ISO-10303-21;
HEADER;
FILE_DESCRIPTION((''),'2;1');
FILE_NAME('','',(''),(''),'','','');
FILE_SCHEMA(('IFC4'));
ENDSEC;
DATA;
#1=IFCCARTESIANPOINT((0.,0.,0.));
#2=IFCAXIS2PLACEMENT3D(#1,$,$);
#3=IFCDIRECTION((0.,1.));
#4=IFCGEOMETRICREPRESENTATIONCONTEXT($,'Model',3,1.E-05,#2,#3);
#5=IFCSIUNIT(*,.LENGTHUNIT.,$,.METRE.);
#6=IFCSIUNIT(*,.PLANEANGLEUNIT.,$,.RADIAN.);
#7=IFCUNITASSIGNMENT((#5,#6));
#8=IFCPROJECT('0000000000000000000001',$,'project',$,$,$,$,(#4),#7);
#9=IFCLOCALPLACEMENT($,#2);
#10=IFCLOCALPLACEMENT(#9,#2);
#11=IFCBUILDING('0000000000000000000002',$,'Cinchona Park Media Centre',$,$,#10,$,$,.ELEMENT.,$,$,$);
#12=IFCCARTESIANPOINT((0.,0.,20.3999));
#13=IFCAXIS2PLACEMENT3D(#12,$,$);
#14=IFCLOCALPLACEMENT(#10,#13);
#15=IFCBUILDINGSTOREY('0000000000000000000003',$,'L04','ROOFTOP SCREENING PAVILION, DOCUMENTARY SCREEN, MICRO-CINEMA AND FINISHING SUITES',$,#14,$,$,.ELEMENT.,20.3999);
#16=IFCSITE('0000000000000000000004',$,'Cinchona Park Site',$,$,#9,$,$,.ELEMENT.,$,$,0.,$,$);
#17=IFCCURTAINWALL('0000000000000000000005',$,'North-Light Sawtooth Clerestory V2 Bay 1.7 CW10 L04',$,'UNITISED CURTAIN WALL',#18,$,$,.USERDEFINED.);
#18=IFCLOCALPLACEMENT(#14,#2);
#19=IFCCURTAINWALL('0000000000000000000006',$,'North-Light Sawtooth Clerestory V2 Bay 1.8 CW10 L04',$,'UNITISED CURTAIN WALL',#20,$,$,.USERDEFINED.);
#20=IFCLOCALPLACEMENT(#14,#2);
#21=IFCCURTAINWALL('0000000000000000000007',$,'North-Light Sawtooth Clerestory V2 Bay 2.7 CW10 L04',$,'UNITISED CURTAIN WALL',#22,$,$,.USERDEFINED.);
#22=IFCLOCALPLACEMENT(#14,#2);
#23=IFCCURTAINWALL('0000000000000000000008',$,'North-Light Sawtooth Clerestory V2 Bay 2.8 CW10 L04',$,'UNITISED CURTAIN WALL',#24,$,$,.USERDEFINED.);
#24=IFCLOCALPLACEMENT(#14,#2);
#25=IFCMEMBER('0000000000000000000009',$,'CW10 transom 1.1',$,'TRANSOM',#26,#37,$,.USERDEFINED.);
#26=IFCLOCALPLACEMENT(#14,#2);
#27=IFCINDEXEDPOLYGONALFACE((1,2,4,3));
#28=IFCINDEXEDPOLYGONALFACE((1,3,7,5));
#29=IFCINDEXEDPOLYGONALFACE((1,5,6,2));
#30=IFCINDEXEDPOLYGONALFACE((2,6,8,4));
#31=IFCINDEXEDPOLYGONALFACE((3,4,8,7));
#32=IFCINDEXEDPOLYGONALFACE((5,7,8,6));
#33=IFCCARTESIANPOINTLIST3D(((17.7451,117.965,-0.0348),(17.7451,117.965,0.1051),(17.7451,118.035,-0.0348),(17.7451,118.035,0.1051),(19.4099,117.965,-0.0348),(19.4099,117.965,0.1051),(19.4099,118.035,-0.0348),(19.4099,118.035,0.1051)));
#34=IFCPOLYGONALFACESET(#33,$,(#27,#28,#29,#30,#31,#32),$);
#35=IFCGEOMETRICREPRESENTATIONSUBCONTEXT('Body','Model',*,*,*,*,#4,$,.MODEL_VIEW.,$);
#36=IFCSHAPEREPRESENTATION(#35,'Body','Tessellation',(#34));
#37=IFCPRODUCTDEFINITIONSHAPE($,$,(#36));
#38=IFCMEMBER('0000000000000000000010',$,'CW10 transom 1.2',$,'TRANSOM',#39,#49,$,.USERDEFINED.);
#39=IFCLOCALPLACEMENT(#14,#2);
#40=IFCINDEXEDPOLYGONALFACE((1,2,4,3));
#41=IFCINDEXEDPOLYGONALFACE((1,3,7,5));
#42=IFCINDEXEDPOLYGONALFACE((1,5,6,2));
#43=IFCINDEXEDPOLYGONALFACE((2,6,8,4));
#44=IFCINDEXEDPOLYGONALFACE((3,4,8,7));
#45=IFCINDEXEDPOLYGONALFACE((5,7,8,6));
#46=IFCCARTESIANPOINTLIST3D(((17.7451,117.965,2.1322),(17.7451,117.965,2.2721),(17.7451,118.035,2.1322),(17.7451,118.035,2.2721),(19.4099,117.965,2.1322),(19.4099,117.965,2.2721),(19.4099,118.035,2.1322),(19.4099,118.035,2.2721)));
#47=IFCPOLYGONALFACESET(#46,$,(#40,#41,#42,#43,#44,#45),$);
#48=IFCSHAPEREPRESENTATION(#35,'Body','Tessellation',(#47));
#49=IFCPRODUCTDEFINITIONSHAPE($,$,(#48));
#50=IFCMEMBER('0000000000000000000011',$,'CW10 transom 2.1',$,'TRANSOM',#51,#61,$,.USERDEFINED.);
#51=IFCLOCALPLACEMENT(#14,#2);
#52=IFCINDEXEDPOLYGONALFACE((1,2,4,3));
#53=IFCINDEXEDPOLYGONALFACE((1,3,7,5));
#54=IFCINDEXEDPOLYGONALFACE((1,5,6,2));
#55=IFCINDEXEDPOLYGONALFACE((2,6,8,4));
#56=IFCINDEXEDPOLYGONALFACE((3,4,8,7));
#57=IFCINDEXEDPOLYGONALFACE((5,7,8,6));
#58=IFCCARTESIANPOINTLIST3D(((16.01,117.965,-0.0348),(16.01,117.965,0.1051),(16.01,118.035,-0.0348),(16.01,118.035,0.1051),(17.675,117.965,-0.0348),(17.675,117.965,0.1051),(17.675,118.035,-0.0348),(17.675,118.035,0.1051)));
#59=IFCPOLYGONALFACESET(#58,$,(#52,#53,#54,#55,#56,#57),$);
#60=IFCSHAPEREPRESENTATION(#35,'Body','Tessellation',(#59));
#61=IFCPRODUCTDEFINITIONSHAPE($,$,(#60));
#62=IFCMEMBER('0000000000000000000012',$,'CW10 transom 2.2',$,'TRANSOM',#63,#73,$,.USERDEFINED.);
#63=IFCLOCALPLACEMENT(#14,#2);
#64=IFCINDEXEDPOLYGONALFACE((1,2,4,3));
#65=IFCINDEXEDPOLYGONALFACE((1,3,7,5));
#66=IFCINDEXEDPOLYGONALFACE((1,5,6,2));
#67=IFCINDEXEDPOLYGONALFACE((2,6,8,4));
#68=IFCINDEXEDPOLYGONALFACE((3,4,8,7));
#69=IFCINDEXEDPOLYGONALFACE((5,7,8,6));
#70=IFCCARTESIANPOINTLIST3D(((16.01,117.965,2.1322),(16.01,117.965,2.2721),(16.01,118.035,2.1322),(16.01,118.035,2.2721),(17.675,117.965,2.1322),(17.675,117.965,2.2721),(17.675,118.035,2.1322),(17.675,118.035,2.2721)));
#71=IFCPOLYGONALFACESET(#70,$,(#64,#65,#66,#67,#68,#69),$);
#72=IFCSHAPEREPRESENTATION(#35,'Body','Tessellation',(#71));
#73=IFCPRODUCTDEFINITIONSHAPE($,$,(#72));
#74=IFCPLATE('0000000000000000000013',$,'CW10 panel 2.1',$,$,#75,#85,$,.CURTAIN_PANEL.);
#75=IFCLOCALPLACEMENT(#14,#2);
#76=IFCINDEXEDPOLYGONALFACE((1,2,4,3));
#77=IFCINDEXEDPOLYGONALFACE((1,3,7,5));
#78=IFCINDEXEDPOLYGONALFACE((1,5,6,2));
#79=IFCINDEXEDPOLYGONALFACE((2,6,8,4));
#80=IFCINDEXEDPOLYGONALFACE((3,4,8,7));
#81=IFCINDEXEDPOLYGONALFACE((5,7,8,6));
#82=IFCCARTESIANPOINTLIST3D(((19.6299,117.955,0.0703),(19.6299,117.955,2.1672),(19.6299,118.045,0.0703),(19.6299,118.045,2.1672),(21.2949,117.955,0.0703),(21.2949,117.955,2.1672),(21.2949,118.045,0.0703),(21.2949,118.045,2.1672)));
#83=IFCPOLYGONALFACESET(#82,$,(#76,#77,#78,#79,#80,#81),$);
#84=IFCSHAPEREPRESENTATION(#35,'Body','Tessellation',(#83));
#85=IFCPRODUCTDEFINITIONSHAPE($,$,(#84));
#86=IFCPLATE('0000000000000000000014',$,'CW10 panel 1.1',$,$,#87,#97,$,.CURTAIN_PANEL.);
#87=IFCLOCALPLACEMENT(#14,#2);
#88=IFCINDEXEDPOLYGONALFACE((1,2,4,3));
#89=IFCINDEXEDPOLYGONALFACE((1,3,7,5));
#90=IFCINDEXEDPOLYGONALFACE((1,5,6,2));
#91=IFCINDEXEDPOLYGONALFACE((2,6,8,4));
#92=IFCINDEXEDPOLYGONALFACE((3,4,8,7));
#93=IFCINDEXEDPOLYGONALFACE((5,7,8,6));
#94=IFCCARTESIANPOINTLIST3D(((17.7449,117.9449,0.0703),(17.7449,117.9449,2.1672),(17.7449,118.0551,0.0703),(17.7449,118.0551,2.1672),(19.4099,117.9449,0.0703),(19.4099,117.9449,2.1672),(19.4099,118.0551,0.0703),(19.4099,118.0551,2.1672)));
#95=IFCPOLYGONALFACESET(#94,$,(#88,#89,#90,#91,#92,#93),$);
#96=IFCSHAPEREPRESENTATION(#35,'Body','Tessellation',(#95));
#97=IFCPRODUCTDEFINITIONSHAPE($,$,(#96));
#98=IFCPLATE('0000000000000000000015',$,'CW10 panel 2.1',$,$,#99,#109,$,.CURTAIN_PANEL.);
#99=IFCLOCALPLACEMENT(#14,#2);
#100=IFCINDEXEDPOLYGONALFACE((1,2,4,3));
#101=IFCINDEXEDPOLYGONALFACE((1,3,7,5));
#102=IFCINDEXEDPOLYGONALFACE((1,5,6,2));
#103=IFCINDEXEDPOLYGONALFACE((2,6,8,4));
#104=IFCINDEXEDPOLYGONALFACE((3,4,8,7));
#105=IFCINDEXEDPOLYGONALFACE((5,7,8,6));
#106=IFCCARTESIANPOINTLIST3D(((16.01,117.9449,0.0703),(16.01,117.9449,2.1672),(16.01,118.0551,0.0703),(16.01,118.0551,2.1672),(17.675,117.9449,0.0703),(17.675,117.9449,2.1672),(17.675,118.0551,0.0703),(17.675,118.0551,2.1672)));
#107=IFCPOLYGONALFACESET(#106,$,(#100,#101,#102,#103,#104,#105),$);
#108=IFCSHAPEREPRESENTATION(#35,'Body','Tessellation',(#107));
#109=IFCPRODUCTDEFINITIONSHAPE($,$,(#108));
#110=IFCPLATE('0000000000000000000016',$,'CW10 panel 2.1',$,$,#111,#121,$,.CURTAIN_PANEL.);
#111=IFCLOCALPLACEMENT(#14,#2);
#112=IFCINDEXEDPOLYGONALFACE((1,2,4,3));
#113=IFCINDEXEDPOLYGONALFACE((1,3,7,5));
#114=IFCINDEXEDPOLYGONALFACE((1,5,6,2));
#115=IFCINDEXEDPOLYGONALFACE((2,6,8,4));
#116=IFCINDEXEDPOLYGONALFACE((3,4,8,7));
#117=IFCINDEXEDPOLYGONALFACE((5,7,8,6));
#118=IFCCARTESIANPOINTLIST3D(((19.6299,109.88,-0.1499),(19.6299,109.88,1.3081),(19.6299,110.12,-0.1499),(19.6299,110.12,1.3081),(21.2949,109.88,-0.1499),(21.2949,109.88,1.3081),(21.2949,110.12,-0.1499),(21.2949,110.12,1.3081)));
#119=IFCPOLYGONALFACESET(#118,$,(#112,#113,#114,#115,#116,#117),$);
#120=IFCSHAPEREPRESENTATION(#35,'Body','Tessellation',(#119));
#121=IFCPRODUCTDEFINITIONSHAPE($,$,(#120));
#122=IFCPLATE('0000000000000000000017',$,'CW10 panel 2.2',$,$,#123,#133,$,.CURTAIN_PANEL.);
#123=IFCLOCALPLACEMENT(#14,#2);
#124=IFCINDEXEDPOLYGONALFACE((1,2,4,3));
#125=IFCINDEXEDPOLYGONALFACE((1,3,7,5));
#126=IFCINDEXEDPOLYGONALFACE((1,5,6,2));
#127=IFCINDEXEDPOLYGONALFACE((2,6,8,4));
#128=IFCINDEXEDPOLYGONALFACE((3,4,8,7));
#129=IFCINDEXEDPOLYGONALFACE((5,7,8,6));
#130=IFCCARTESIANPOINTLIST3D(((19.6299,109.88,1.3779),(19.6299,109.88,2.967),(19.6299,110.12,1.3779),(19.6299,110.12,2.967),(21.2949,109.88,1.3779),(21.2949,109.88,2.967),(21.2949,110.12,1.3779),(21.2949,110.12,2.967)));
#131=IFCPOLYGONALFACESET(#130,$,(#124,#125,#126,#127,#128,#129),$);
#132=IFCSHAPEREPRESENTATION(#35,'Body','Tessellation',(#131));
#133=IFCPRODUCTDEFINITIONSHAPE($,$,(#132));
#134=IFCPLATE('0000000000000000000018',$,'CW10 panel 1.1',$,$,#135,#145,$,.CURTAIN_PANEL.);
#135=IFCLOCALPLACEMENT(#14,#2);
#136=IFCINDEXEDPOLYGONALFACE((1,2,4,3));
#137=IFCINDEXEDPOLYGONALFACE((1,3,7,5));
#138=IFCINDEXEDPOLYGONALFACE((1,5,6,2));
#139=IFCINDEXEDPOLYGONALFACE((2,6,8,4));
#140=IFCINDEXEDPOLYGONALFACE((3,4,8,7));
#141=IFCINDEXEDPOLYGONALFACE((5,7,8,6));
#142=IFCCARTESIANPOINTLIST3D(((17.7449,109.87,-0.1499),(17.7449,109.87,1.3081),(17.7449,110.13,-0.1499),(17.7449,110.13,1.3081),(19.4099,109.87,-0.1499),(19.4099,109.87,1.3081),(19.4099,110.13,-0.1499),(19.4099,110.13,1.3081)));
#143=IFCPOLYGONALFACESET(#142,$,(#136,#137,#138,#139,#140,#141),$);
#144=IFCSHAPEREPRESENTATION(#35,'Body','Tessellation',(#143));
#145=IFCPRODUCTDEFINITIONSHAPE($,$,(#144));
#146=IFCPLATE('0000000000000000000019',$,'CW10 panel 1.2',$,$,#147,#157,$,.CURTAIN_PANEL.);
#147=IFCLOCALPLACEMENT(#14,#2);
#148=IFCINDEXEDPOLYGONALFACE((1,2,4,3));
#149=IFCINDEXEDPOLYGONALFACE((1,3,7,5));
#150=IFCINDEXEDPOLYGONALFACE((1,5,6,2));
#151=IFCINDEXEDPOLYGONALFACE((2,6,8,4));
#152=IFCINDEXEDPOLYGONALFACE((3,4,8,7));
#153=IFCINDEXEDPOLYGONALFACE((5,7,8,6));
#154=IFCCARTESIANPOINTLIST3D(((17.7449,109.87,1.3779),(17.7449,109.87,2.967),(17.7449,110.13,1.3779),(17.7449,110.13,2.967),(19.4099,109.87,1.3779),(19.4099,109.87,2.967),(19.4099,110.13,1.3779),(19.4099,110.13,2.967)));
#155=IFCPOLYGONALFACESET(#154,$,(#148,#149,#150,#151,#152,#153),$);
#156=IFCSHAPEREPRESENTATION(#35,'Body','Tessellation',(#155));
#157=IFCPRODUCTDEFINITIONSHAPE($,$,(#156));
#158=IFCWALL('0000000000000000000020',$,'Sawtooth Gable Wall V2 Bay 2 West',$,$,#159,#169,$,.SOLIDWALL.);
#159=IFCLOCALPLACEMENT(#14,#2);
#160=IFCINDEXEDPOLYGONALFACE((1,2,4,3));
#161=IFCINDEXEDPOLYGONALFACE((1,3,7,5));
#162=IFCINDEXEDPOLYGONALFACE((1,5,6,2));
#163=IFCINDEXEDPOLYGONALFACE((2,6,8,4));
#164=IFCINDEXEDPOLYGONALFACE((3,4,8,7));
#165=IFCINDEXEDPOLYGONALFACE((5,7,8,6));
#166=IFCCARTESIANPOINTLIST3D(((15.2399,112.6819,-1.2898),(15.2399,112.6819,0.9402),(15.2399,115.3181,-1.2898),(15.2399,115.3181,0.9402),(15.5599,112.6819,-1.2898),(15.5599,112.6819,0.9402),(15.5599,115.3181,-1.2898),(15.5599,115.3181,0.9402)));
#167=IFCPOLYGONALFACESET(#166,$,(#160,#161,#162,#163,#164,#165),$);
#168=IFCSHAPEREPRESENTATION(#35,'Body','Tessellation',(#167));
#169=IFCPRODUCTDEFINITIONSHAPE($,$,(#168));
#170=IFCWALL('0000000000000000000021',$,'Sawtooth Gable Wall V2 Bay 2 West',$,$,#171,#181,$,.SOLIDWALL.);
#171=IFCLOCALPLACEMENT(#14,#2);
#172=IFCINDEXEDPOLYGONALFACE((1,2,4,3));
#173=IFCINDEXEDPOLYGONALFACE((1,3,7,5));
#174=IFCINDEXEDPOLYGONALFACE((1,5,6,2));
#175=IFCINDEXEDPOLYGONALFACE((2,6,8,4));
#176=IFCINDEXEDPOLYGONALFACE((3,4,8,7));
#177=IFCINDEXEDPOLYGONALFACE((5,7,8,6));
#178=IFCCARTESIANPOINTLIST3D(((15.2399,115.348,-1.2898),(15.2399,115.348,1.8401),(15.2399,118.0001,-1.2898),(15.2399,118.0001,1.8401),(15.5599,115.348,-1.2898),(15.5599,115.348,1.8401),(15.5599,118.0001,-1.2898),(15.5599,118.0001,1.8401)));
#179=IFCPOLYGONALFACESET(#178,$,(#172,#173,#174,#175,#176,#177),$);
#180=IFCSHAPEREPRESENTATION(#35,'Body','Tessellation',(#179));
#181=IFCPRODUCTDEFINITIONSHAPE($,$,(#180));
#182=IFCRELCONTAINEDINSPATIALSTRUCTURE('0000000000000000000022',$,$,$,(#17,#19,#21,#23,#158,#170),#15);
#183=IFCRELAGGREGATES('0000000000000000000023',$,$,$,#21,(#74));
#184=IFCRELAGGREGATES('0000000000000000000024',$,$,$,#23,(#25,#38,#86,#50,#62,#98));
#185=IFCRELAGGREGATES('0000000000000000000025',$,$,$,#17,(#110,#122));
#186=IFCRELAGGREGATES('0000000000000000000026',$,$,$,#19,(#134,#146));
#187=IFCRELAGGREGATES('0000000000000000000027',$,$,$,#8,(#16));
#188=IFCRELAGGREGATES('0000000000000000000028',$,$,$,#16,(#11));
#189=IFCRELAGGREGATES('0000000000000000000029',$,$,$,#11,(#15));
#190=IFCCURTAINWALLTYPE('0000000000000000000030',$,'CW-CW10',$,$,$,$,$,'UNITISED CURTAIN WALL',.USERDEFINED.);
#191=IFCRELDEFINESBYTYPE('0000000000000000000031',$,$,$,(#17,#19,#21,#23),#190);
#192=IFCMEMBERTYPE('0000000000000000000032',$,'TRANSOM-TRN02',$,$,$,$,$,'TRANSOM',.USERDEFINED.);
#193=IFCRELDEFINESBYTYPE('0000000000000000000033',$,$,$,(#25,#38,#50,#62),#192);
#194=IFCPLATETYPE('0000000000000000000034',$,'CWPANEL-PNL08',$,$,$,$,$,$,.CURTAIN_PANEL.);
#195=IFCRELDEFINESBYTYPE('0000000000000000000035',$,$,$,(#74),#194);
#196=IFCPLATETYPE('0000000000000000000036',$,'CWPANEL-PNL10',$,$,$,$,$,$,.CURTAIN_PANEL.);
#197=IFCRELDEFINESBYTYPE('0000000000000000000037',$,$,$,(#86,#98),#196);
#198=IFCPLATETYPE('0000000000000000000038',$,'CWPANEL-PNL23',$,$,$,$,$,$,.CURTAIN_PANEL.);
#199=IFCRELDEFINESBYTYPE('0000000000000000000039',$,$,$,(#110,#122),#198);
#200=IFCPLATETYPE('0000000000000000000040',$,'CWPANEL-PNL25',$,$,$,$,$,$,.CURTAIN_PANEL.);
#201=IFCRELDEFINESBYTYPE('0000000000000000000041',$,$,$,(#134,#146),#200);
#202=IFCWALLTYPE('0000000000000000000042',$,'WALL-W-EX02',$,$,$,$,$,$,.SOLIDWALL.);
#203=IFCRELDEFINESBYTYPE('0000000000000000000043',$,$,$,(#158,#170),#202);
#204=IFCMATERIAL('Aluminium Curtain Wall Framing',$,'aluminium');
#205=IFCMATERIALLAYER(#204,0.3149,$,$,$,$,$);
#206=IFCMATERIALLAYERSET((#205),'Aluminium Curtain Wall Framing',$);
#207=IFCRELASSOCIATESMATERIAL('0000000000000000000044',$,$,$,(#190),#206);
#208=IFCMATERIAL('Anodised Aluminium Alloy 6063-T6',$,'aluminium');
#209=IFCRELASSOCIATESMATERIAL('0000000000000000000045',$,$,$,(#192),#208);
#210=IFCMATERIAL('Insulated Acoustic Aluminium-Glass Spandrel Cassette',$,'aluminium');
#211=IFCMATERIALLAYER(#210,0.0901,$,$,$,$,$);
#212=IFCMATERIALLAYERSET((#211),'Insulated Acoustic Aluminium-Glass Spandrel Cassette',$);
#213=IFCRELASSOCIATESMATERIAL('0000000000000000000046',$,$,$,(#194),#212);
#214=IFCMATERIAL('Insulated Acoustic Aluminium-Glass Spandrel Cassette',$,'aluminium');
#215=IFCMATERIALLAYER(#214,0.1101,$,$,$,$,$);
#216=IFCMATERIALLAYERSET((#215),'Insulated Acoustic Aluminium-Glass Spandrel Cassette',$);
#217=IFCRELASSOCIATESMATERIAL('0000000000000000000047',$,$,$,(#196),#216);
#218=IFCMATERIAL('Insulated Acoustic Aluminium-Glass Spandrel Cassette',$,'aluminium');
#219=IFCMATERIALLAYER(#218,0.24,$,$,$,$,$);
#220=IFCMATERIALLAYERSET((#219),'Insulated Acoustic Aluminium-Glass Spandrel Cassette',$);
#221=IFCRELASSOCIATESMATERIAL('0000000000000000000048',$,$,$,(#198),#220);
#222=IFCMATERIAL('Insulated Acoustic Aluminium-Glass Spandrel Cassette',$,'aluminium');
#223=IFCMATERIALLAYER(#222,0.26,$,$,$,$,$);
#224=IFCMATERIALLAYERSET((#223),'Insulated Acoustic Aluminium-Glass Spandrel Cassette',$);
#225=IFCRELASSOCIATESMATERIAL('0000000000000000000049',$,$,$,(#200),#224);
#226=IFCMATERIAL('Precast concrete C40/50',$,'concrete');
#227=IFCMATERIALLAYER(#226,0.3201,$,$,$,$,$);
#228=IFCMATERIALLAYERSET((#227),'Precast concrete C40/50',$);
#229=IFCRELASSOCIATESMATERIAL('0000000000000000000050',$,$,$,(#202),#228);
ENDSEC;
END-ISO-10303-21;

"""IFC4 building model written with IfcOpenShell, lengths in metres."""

from ifc_helpers import new_model, si_unit, direction, frame, frame_2d, origin, origin_2d, place, context, subcontext, project, spatial, rectangle, extrude, material, layer, layer_set, material_profile, profile_set, type_object, element, aggregate, save


model = new_model("IFC4")

# Units and contexts
model_context = context("Model", 3, precision=1e-05, world=origin(), true_north=direction((0.0, 1.0)))
body_context = subcontext(model_context, "Body", "Model", "MODEL_VIEW")
ifc_project = project(units=[si_unit("LENGTHUNIT", "METRE"), si_unit("PLANEANGLEUNIT", "RADIAN")], contexts=[model_context])

# Site, building, storey
site_placement = place(None, origin())
site = spatial("IfcSite", under=ifc_project, at=site_placement, Name="Cinchona Park Site", CompositionType="ELEMENT", RefElevation=0.0)
building_placement = place(site_placement, origin())
building = spatial("IfcBuilding", under=site, at=building_placement, Name="Cinchona Park Media Centre", CompositionType="ELEMENT")
storey_placement = place(building_placement, frame((0.0, 0.0, 20.3999)))
storey = spatial("IfcBuildingStorey", under=building, at=storey_placement, Name="L04", Description="ROOFTOP SCREENING PAVILION, DOCUMENTARY SCREEN, MICRO-CINEMA AND FINISHING SUITES", CompositionType="ELEMENT", Elevation=20.3999)

# Curtain wall
ifc_material_1 = material(Name="Aluminium Curtain Wall Framing", Category="aluminium")
ifc_layer_1 = layer(ifc_material_1, 0.3149)
ifc_layer_set_1 = layer_set([ifc_layer_1], Name="Aluminium Curtain Wall Framing")
curtain_wall_type = type_object("IfcCurtainWallType", Name="CW-CW10", ElementType="UNITISED CURTAIN WALL", PredefinedType="USERDEFINED", material=ifc_layer_set_1)
curtain_wall_1_placement = place(storey_placement, origin())
curtain_wall_1 = element("IfcCurtainWall", 1, at=curtain_wall_1_placement, inside=storey, type_object=curtain_wall_type, Name="North-Light Sawtooth Clerestory V2 Bay 1.7 CW10 L04", ObjectType="UNITISED CURTAIN WALL", PredefinedType="USERDEFINED")

# Curtain wall
curtain_wall_2_placement = place(storey_placement, origin())
curtain_wall_2 = element("IfcCurtainWall", 2, at=curtain_wall_2_placement, inside=storey, type_object=curtain_wall_type, Name="North-Light Sawtooth Clerestory V2 Bay 1.8 CW10 L04", ObjectType="UNITISED CURTAIN WALL", PredefinedType="USERDEFINED")

# Curtain wall
curtain_wall_3_placement = place(storey_placement, origin())
curtain_wall_3 = element("IfcCurtainWall", 3, at=curtain_wall_3_placement, inside=storey, type_object=curtain_wall_type, Name="North-Light Sawtooth Clerestory V2 Bay 2.7 CW10 L04", ObjectType="UNITISED CURTAIN WALL", PredefinedType="USERDEFINED")

# Curtain wall
curtain_wall_4_placement = place(storey_placement, origin())
curtain_wall_4 = element("IfcCurtainWall", 4, at=curtain_wall_4_placement, inside=storey, type_object=curtain_wall_type, Name="North-Light Sawtooth Clerestory V2 Bay 2.8 CW10 L04", ObjectType="UNITISED CURTAIN WALL", PredefinedType="USERDEFINED")

# Members
ifc_material_2 = material(Name="Anodised Aluminium Alloy 6063-T6", Category="aluminium")
ifc_material_profile_1 = material_profile(ifc_material_2, rectangle(XDim=0.0701, YDim=0.1399, at=origin_2d()), Name="TRN-70X140")
ifc_profile_set_1 = profile_set([ifc_material_profile_1], Name="Anodised Aluminium Alloy 6063-T6")
member_type_1 = type_object("IfcMemberType", Name="TRANSOM-TRN02", ElementType="TRANSOM", PredefinedType="USERDEFINED", material=ifc_profile_set_1)
member_1_placement = place(storey_placement, frame((19.4099, 118.0, 0.0352), z_axis=(-1.0, 0.0, 0.0), x_axis=(0.0, -1.0, 0.0)))
member_1 = element("IfcMember", 5, at=member_1_placement, type_object=member_type_1, Name="CW10 transom 1.1", ObjectType="TRANSOM", PredefinedType="USERDEFINED", context=body_context, shape_type="SweptSolid", body=[
    extrude(rectangle(XDim=0.0701, YDim=0.1399, at=origin_2d()), origin(), (0.0, 0.0, 1.0), 1.6648),
])
member_2_placement = place(storey_placement, frame((19.4099, 118.0, 2.2021), z_axis=(-1.0, 0.0, 0.0), x_axis=(0.0, -1.0, 0.0)))
member_2 = element("IfcMember", 6, at=member_2_placement, type_object=member_type_1, Name="CW10 transom 1.2", ObjectType="TRANSOM", PredefinedType="USERDEFINED", context=body_context, shape_type="SweptSolid", body=[
    extrude(rectangle(XDim=0.0701, YDim=0.1399, at=origin_2d()), origin(), (0.0, 0.0, 1.0), 1.6648),
])
member_3_placement = place(storey_placement, frame((17.675, 118.0, 0.0352), z_axis=(-1.0, 0.0, 0.0), x_axis=(0.0, -1.0, 0.0)))
member_3 = element("IfcMember", 7, at=member_3_placement, type_object=member_type_1, Name="CW10 transom 2.1", ObjectType="TRANSOM", PredefinedType="USERDEFINED", context=body_context, shape_type="SweptSolid", body=[
    extrude(rectangle(XDim=0.0701, YDim=0.1399, at=origin_2d()), origin(), (0.0, 0.0, 1.0), 1.665),
])
member_4_placement = place(storey_placement, frame((17.675, 118.0, 2.2021), z_axis=(-1.0, 0.0, 0.0), x_axis=(0.0, -1.0, 0.0)))
member_4 = element("IfcMember", 8, at=member_4_placement, type_object=member_type_1, Name="CW10 transom 2.2", ObjectType="TRANSOM", PredefinedType="USERDEFINED", context=body_context, shape_type="SweptSolid", body=[
    extrude(rectangle(XDim=0.0701, YDim=0.1399, at=origin_2d()), origin(), (0.0, 0.0, 1.0), 1.665),
])

# Plates
ifc_material_3 = material(Name="Insulated Acoustic Aluminium-Glass Spandrel Cassette", Category="aluminium")
ifc_layer_2 = layer(ifc_material_3, 0.0901)
ifc_layer_set_2 = layer_set([ifc_layer_2], Name="Insulated Acoustic Aluminium-Glass Spandrel Cassette")
plate_type_1 = type_object("IfcPlateType", Name="CWPANEL-PNL08", PredefinedType="CURTAIN_PANEL", material=ifc_layer_set_2)
plate_1_placement = place(storey_placement, frame((20.4624, 118.0, 0.0703), z_axis=(0.0, 0.0, 1.0), x_axis=(-1.0, 0.0, 0.0)))
plate_1 = element("IfcPlate", 9, at=plate_1_placement, type_object=plate_type_1, Name="CW10 panel 2.1", PredefinedType="CURTAIN_PANEL", context=body_context, shape_type="SweptSolid", body=[
    extrude(rectangle(XDim=1.665, YDim=0.0901, at=origin_2d()), origin(), (0.0, 0.0, 1.0), 2.0969),
])
aggregate(curtain_wall_3, [plate_1])
ifc_material_4 = material(Name="Insulated Acoustic Aluminium-Glass Spandrel Cassette", Category="aluminium")
ifc_layer_3 = layer(ifc_material_4, 0.1101)
ifc_layer_set_3 = layer_set([ifc_layer_3], Name="Insulated Acoustic Aluminium-Glass Spandrel Cassette")
plate_type_2 = type_object("IfcPlateType", Name="CWPANEL-PNL10", PredefinedType="CURTAIN_PANEL", material=ifc_layer_set_3)
plate_2_placement = place(storey_placement, frame((18.5774, 118.0, 0.0703), z_axis=(0.0, 0.0, 1.0), x_axis=(-1.0, 0.0, 0.0)))
plate_2 = element("IfcPlate", 10, at=plate_2_placement, type_object=plate_type_2, Name="CW10 panel 1.1", PredefinedType="CURTAIN_PANEL", context=body_context, shape_type="SweptSolid", body=[
    extrude(rectangle(XDim=1.665, YDim=0.1101, at=origin_2d()), origin(), (0.0, 0.0, 1.0), 2.0969),
])
plate_3_placement = place(storey_placement, frame((16.8425, 118.0, 0.0703), z_axis=(0.0, 0.0, 1.0), x_axis=(-1.0, 0.0, 0.0)))
plate_3 = element("IfcPlate", 11, at=plate_3_placement, type_object=plate_type_2, Name="CW10 panel 2.1", PredefinedType="CURTAIN_PANEL", context=body_context, shape_type="SweptSolid", body=[
    extrude(rectangle(XDim=1.665, YDim=0.1101, at=origin_2d()), origin(), (0.0, 0.0, 1.0), 2.0969),
])
aggregate(curtain_wall_4, [member_1, member_2, plate_2, member_3, member_4, plate_3])
ifc_material_5 = material(Name="Insulated Acoustic Aluminium-Glass Spandrel Cassette", Category="aluminium")
ifc_layer_4 = layer(ifc_material_5, 0.24)
ifc_layer_set_4 = layer_set([ifc_layer_4], Name="Insulated Acoustic Aluminium-Glass Spandrel Cassette")
plate_type_3 = type_object("IfcPlateType", Name="CWPANEL-PNL23", PredefinedType="CURTAIN_PANEL", material=ifc_layer_set_4)
plate_4_placement = place(storey_placement, frame((20.4624, 110.0, -0.1499), z_axis=(0.0, 0.0, 1.0), x_axis=(-1.0, 0.0, 0.0)))
plate_4 = element("IfcPlate", 12, at=plate_4_placement, type_object=plate_type_3, Name="CW10 panel 2.1", PredefinedType="CURTAIN_PANEL", context=body_context, shape_type="SweptSolid", body=[
    extrude(rectangle(XDim=1.665, YDim=0.24, at=origin_2d()), origin(), (0.0, 0.0, 1.0), 1.458),
])
plate_5_placement = place(storey_placement, frame((20.4624, 110.0, 1.3779), z_axis=(0.0, 0.0, 1.0), x_axis=(-1.0, 0.0, 0.0)))
plate_5 = element("IfcPlate", 13, at=plate_5_placement, type_object=plate_type_3, Name="CW10 panel 2.2", PredefinedType="CURTAIN_PANEL", context=body_context, shape_type="SweptSolid", body=[
    extrude(rectangle(XDim=1.665, YDim=0.24, at=origin_2d()), origin(), (0.0, 0.0, 1.0), 1.5891),
])
aggregate(curtain_wall_1, [plate_4, plate_5])
ifc_material_6 = material(Name="Insulated Acoustic Aluminium-Glass Spandrel Cassette", Category="aluminium")
ifc_layer_5 = layer(ifc_material_6, 0.26)
ifc_layer_set_5 = layer_set([ifc_layer_5], Name="Insulated Acoustic Aluminium-Glass Spandrel Cassette")
plate_type_4 = type_object("IfcPlateType", Name="CWPANEL-PNL25", PredefinedType="CURTAIN_PANEL", material=ifc_layer_set_5)
plate_6_placement = place(storey_placement, frame((18.5774, 110.0, -0.1499), z_axis=(0.0, 0.0, 1.0), x_axis=(-1.0, 0.0, 0.0)))
plate_6 = element("IfcPlate", 14, at=plate_6_placement, type_object=plate_type_4, Name="CW10 panel 1.1", PredefinedType="CURTAIN_PANEL", context=body_context, shape_type="SweptSolid", body=[
    extrude(rectangle(XDim=1.665, YDim=0.26, at=origin_2d()), origin(), (0.0, 0.0, 1.0), 1.458),
])
plate_7_placement = place(storey_placement, frame((18.5774, 110.0, 1.3779), z_axis=(0.0, 0.0, 1.0), x_axis=(-1.0, 0.0, 0.0)))
plate_7 = element("IfcPlate", 15, at=plate_7_placement, type_object=plate_type_4, Name="CW10 panel 1.2", PredefinedType="CURTAIN_PANEL", context=body_context, shape_type="SweptSolid", body=[
    extrude(rectangle(XDim=1.665, YDim=0.26, at=origin_2d()), origin(), (0.0, 0.0, 1.0), 1.5891),
])
aggregate(curtain_wall_2, [plate_6, plate_7])

# Walls
ifc_material_7 = material(Name="Precast concrete C40/50", Category="concrete")
ifc_layer_6 = layer(ifc_material_7, 0.3201)
ifc_layer_set_6 = layer_set([ifc_layer_6], Name="Precast concrete C40/50")
wall_type = type_object("IfcWallType", Name="WALL-W-EX02", PredefinedType="SOLIDWALL", material=ifc_layer_set_6)
wall_1_placement = place(storey_placement, frame((15.3999, 112.6819, -1.2898), z_axis=(0.0, 0.0, 1.0), x_axis=(0.0, 1.0, 0.0)))
element("IfcWall", 16, at=wall_1_placement, inside=storey, type_object=wall_type, Name="Sawtooth Gable Wall V2 Bay 2 West", PredefinedType="SOLIDWALL", context=body_context, shape_type="SweptSolid", body=[
    extrude(rectangle(XDim=2.6362, YDim=0.3201, at=frame_2d((1.3181, 0.0))), origin(), (0.0, 0.0, 1.0), 2.23),
])
wall_2_placement = place(storey_placement, frame((15.3999, 115.3479, -1.2898), z_axis=(0.0, 0.0, 1.0), x_axis=(0.0, 1.0, 0.0)))
element("IfcWall", 17, at=wall_2_placement, inside=storey, type_object=wall_type, Name="Sawtooth Gable Wall V2 Bay 2 West", PredefinedType="SOLIDWALL", context=body_context, shape_type="SweptSolid", body=[
    extrude(rectangle(XDim=2.6521, YDim=0.3201, at=frame_2d((1.3262, 0.0))), origin(), (0.0, 0.0, 1.0), 3.1299),
])

save(model, "model.ifc")
